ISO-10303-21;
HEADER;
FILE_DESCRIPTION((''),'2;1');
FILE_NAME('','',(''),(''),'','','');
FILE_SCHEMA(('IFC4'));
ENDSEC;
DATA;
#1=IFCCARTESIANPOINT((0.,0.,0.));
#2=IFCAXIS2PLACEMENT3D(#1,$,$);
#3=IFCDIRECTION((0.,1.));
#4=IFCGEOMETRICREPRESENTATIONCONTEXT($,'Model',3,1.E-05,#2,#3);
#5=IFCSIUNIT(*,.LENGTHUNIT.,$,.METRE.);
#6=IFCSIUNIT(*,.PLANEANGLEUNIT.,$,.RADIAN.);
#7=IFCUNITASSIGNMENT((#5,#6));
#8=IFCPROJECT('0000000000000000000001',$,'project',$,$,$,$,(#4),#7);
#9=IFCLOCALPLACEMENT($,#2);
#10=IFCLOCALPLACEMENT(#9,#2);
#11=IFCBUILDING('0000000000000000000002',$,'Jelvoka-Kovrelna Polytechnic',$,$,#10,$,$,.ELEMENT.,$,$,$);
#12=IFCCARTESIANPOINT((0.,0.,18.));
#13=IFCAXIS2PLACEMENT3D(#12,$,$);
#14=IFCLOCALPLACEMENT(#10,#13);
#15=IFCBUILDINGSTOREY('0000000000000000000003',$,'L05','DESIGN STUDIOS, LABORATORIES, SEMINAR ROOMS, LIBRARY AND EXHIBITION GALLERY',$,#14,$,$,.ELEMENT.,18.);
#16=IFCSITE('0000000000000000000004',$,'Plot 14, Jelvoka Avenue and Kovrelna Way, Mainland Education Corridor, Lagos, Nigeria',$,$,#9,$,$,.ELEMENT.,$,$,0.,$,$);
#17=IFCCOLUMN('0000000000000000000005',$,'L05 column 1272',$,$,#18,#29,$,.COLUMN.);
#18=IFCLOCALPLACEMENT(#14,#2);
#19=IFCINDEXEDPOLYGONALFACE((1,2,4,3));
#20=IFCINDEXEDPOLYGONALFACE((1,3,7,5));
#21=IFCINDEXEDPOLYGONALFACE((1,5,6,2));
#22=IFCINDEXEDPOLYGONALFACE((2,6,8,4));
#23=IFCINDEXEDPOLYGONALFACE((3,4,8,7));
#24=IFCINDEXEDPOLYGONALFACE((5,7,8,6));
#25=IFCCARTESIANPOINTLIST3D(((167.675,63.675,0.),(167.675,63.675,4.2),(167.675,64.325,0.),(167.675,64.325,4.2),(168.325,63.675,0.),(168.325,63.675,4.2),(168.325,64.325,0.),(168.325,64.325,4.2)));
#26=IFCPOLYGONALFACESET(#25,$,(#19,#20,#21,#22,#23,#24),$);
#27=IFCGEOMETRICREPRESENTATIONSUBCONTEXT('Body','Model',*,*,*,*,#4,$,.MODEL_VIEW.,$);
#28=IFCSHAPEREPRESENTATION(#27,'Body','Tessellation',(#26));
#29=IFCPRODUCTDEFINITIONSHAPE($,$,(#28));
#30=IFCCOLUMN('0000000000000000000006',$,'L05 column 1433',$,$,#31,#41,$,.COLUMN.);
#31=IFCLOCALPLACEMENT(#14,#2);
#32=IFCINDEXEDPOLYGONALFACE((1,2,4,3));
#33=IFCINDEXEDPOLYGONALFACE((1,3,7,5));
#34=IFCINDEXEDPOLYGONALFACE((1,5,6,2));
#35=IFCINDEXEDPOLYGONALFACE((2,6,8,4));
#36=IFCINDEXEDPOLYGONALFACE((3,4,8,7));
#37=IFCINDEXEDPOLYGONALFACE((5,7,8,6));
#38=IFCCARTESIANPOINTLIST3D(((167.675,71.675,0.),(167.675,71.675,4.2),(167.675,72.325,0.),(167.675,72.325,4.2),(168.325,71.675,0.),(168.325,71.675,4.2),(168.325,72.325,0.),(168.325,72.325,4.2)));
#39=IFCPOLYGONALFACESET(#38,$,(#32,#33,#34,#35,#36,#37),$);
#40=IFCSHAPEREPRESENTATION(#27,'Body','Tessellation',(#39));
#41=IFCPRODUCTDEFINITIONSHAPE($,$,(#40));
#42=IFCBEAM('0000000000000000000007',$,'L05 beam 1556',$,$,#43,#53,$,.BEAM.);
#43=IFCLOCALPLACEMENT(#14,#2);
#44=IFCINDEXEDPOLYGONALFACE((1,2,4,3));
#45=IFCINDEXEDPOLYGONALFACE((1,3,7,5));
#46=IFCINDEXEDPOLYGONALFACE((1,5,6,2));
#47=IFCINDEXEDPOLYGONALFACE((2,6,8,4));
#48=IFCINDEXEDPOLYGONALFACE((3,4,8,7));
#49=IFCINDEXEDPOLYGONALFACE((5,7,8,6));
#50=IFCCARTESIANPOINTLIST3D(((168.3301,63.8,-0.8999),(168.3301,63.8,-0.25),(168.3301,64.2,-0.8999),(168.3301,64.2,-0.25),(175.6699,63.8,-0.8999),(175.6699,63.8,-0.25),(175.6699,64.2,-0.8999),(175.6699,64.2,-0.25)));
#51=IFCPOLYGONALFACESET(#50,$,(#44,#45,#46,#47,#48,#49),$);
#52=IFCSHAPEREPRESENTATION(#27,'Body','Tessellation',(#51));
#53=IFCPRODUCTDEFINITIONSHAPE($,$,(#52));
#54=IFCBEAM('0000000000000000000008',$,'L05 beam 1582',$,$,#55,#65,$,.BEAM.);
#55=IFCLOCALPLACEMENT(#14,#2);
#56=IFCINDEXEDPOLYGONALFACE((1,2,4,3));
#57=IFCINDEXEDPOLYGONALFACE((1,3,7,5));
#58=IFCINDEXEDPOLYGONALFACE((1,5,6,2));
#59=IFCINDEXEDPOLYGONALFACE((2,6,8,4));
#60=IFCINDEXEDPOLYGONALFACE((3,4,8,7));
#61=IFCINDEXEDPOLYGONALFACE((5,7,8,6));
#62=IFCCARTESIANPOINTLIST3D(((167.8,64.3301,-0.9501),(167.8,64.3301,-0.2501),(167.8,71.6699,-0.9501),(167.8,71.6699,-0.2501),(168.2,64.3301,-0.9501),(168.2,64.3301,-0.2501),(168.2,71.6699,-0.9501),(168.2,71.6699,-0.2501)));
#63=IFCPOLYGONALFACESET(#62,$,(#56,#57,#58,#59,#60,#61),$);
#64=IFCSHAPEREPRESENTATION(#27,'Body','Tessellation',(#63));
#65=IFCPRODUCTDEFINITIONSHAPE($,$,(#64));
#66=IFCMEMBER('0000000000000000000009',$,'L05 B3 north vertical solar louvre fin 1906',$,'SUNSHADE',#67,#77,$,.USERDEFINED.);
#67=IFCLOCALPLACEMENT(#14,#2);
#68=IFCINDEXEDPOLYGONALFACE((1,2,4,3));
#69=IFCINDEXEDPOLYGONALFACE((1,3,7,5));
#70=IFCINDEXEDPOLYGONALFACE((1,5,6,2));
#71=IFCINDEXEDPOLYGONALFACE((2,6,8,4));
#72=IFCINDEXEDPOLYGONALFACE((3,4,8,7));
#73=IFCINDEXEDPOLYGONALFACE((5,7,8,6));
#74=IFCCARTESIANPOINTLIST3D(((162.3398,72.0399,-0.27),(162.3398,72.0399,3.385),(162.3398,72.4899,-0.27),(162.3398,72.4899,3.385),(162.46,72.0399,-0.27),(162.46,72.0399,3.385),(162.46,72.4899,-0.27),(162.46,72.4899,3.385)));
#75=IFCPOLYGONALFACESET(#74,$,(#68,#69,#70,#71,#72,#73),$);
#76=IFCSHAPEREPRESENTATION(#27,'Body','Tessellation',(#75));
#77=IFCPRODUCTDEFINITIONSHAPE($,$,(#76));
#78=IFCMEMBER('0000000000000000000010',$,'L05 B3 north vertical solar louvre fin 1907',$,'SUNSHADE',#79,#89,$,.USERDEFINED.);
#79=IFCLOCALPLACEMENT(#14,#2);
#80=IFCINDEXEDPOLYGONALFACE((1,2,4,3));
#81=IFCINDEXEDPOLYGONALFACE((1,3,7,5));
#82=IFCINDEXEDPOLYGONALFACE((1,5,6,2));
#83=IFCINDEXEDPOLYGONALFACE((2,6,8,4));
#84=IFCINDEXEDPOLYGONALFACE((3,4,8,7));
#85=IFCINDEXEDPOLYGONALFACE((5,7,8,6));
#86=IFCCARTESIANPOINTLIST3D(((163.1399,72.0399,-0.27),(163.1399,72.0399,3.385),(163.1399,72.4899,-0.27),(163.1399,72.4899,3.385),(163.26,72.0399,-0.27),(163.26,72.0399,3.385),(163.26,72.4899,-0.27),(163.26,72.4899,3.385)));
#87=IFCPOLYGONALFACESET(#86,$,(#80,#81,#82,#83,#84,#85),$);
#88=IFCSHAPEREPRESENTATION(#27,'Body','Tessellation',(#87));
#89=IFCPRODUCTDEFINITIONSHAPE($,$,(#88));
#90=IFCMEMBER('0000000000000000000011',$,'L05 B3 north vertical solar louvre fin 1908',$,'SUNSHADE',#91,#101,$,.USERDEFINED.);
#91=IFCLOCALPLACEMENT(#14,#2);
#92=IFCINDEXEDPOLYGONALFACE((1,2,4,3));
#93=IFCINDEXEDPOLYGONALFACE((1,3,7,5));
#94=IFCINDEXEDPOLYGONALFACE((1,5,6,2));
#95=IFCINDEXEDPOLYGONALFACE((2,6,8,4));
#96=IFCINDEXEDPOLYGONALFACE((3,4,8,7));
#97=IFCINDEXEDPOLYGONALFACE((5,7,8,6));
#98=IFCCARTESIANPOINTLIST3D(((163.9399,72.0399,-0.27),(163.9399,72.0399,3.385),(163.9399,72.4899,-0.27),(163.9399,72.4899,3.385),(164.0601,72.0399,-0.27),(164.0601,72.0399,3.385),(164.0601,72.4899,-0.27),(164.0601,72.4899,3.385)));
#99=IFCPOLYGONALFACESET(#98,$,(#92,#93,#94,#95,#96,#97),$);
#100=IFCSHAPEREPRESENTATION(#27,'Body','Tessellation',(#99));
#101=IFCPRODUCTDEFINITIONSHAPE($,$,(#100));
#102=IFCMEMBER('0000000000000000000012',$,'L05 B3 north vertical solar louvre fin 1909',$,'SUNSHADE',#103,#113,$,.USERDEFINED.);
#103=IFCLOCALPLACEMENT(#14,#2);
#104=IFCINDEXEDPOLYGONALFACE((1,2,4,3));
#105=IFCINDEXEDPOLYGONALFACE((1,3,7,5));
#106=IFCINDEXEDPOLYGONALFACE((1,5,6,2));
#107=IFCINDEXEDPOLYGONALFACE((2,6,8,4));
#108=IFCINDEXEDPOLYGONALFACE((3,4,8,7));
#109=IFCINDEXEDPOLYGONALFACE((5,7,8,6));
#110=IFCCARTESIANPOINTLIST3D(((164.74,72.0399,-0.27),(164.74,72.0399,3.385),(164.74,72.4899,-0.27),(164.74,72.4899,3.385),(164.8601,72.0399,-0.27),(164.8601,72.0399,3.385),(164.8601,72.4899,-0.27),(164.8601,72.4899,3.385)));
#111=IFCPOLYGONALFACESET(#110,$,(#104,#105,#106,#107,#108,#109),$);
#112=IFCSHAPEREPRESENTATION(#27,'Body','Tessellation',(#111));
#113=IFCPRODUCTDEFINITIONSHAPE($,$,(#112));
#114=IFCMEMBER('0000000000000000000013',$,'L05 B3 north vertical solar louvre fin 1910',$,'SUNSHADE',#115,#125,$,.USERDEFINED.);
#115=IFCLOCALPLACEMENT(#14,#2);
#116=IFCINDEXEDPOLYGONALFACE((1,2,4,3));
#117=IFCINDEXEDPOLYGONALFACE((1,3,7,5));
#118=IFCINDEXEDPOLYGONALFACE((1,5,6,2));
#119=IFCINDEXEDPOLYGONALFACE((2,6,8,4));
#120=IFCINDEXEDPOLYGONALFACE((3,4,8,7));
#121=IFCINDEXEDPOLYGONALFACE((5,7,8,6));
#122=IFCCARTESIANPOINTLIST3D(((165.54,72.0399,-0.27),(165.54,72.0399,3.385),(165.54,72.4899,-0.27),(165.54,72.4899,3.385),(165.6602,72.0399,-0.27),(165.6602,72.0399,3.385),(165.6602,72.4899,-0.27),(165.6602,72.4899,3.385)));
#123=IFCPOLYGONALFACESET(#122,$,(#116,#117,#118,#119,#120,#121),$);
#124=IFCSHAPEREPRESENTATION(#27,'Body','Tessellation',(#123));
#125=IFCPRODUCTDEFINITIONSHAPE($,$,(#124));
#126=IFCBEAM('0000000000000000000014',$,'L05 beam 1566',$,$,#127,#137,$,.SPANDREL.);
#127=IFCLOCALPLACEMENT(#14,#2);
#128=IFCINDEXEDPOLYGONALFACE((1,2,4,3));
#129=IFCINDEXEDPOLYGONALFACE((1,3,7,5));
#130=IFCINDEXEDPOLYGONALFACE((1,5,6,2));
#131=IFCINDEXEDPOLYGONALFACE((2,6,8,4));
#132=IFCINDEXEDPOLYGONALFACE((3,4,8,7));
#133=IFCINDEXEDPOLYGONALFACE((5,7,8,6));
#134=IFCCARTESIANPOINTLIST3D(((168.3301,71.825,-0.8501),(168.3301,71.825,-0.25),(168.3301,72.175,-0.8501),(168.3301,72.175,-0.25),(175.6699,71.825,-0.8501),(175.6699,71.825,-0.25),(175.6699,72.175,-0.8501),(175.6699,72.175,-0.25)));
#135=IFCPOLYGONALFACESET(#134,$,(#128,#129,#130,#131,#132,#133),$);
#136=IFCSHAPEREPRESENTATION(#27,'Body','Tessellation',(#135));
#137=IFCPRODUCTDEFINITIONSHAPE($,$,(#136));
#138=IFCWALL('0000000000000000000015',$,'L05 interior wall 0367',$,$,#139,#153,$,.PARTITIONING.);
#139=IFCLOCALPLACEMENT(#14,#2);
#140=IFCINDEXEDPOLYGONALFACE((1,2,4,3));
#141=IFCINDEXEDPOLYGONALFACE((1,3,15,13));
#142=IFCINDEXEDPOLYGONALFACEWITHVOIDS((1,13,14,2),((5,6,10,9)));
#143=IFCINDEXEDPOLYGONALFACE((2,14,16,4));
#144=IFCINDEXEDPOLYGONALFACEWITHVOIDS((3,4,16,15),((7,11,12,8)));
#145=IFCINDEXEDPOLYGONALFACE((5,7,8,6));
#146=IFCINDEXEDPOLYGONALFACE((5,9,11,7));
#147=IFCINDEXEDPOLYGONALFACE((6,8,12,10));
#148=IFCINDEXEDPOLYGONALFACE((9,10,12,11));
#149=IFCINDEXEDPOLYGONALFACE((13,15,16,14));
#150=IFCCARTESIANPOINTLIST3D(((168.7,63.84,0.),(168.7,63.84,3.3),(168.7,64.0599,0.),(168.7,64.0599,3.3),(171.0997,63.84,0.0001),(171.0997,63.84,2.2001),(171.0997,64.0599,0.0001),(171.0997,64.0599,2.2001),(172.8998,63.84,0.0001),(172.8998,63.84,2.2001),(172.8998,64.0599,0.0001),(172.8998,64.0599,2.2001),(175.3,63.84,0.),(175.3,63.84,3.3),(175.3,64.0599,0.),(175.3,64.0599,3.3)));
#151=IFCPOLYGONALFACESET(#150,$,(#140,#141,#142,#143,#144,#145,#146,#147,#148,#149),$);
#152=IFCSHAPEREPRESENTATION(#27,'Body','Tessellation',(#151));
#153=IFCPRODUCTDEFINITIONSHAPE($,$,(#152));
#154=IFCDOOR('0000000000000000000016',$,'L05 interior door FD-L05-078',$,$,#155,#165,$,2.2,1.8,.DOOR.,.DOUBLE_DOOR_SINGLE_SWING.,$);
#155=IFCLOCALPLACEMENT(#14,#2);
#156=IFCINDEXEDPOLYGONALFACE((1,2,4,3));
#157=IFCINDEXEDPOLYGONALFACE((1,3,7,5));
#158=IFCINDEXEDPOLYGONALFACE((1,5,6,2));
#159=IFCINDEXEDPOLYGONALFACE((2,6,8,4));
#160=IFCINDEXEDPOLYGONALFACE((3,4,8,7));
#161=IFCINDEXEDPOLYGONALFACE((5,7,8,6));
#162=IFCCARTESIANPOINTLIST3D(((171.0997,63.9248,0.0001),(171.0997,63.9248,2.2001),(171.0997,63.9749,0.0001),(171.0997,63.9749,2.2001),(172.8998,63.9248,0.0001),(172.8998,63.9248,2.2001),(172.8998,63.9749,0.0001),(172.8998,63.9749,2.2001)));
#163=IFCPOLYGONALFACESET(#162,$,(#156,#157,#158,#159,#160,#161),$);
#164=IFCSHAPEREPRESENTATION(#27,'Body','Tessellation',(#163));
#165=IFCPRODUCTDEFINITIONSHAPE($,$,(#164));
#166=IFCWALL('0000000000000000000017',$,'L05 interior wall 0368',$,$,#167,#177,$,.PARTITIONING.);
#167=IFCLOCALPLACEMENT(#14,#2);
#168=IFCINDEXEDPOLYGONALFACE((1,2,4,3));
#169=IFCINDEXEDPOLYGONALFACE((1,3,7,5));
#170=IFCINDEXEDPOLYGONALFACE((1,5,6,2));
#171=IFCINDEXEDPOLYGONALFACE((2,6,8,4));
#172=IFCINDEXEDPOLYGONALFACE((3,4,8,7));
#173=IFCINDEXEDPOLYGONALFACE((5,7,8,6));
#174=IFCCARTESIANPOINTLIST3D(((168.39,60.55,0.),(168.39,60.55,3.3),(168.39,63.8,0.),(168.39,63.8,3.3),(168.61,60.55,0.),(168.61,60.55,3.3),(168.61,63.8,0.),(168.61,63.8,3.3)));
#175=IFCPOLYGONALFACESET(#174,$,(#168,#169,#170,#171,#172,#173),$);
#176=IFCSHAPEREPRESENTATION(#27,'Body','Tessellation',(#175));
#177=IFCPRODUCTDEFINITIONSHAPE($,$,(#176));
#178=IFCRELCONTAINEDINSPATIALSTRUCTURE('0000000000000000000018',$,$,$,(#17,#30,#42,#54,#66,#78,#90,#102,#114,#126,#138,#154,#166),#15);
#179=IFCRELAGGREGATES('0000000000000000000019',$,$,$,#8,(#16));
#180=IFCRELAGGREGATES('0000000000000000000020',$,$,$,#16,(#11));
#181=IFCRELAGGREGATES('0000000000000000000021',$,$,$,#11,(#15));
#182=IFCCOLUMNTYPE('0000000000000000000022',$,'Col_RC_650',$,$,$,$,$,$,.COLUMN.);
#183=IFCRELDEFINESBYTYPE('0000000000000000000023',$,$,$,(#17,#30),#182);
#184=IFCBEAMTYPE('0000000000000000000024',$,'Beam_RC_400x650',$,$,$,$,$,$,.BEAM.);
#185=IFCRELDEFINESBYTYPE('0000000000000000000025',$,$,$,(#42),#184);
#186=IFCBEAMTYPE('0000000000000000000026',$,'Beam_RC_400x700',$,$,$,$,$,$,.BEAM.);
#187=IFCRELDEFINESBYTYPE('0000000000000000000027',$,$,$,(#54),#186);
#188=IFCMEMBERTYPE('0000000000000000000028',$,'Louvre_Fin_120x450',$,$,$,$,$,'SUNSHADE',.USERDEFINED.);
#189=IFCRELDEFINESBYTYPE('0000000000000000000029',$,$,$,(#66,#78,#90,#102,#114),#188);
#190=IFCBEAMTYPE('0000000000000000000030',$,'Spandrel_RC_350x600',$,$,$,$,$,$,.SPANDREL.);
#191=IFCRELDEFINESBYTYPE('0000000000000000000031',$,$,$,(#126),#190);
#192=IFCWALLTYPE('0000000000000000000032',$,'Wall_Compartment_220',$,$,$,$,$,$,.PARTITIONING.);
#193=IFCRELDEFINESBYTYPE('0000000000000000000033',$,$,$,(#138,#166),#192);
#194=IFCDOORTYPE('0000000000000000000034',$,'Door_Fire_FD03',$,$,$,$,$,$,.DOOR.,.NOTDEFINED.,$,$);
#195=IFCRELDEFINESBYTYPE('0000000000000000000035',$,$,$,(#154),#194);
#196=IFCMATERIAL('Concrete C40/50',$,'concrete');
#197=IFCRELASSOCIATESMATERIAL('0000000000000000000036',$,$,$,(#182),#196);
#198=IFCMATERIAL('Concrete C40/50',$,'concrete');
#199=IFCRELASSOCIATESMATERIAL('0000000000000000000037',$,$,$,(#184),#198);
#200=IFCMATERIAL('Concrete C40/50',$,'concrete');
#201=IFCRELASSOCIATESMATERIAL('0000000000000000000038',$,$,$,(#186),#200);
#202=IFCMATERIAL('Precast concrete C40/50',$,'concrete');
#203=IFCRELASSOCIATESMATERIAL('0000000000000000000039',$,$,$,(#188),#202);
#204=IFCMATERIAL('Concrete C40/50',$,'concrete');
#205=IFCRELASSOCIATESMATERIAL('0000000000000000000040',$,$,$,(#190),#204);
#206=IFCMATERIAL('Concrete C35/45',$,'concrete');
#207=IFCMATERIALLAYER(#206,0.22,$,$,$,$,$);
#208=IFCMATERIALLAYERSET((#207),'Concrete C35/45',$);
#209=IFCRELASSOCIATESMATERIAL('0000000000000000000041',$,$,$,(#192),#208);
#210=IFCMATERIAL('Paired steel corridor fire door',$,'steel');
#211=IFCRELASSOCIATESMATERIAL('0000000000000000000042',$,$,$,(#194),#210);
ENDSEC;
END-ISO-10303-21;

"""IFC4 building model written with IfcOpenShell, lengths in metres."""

from ifc_helpers import new_model, si_unit, direction, frame, frame_2d, origin, origin_2d, place, context, subcontext, project, spatial, rectangle, extrude, material, layer, layer_set, material_profile, profile_set, type_object, element, fill, save


model = new_model("IFC4")

# Units and contexts
model_context = context("Model", 3, precision=1e-05, world=origin(), true_north=direction((0.0, 1.0)))
body_context = subcontext(model_context, "Body", "Model", "MODEL_VIEW")
ifc_project = project(units=[si_unit("LENGTHUNIT", "METRE"), si_unit("PLANEANGLEUNIT", "RADIAN")], contexts=[model_context])

# Site, building, storey
site_placement = place(None, origin())
site = spatial("IfcSite", under=ifc_project, at=site_placement, Name="Plot 14, Jelvoka Avenue and Kovrelna Way, Mainland Education Corridor, Lagos, Nigeria", CompositionType="ELEMENT", RefElevation=0.0)
building_placement = place(site_placement, origin())
building = spatial("IfcBuilding", under=site, at=building_placement, Name="Jelvoka-Kovrelna Polytechnic", CompositionType="ELEMENT")
storey_placement = place(building_placement, frame((0.0, 0.0, 18.0)))
storey = spatial("IfcBuildingStorey", under=building, at=storey_placement, Name="L05", Description="DESIGN STUDIOS, LABORATORIES, SEMINAR ROOMS, LIBRARY AND EXHIBITION GALLERY", CompositionType="ELEMENT", Elevation=18.0)

# Columns
ifc_material_1 = material(Name="Concrete C40/50", Category="concrete")
ifc_material_profile_1 = material_profile(ifc_material_1, rectangle(XDim=0.6499, YDim=0.6499, at=origin_2d()), Name="RC 650x650")
ifc_profile_set_1 = profile_set([ifc_material_profile_1], Name="Concrete C40/50")
column_type = type_object("IfcColumnType", Name="Col_RC_650", PredefinedType="COLUMN", material=ifc_profile_set_1)
for number, where, z_axis, x_axis, name in (
    (1, (168.0, 64.0, 0.0), (0.0, 0.0, 1.0), (1.0, 0.0, 0.0), "L05 column 1272"),
    (2, (168.0, 72.0, 0.0), (0.0, 0.0, 1.0), (1.0, 0.0, 0.0), "L05 column 1433"),
):
    element("IfcColumn", number, at=place(storey_placement, frame(where, z_axis=z_axis, x_axis=x_axis)), inside=storey, type_object=column_type, Name=name, PredefinedType="COLUMN", context=body_context, shape_type="SweptSolid", body=[
        extrude(rectangle(XDim=0.6499, YDim=0.6499, at=origin_2d()), origin(), (0.0, 0.0, 1.0), 4.2),
    ])

# Beams
ifc_material_2 = material(Name="Concrete C40/50", Category="concrete")
ifc_material_profile_2 = material_profile(ifc_material_2, rectangle(XDim=0.3999, YDim=0.6499, at=origin_2d()), Name="RC 400x650")
ifc_profile_set_2 = profile_set([ifc_material_profile_2], Name="Concrete C40/50")
beam_type_1 = type_object("IfcBeamType", Name="Beam_RC_400x650", PredefinedType="BEAM", material=ifc_profile_set_2)
beam_1_placement = place(storey_placement, frame((168.3301, 64.0, -0.575), z_axis=(1.0, 0.0, 0.0), x_axis=(0.0, 1.0, 0.0)))
element("IfcBeam", 3, at=beam_1_placement, inside=storey, type_object=beam_type_1, Name="L05 beam 1556", PredefinedType="BEAM", context=body_context, shape_type="SweptSolid", body=[
    extrude(rectangle(XDim=0.3999, YDim=0.6499, at=origin_2d()), origin(), (0.0, 0.0, 1.0), 7.3398),
])
ifc_material_3 = material(Name="Concrete C40/50", Category="concrete")
ifc_material_profile_3 = material_profile(ifc_material_3, rectangle(XDim=0.3999, YDim=0.7, at=origin_2d()), Name="RC 400x700")
ifc_profile_set_3 = profile_set([ifc_material_profile_3], Name="Concrete C40/50")
beam_type_2 = type_object("IfcBeamType", Name="Beam_RC_400x700", PredefinedType="BEAM", material=ifc_profile_set_3)
beam_2_placement = place(storey_placement, frame((168.0, 64.3301, -0.6001), z_axis=(0.0, 1.0, 0.0), x_axis=(-1.0, 0.0, 0.0)))
element("IfcBeam", 4, at=beam_2_placement, inside=storey, type_object=beam_type_2, Name="L05 beam 1582", PredefinedType="BEAM", context=body_context, shape_type="SweptSolid", body=[
    extrude(rectangle(XDim=0.3999, YDim=0.7, at=origin_2d()), origin(), (0.0, 0.0, 1.0), 7.3398),
])

# Members
ifc_material_4 = material(Name="Precast concrete C40/50", Category="concrete")
ifc_material_profile_4 = material_profile(ifc_material_4, rectangle(XDim=0.1201, YDim=0.45, at=origin_2d()), Name="PC 120x450")
ifc_profile_set_4 = profile_set([ifc_material_profile_4], Name="Precast concrete C40/50")
member_type = type_object("IfcMemberType", Name="Louvre_Fin_120x450", ElementType="SUNSHADE", PredefinedType="USERDEFINED", material=ifc_profile_set_4)
for number, where, z_axis, x_axis, name in (
    (5, (162.3999, 72.2649, -0.27), (0.0, 0.0, 1.0), (1.0, 0.0, 0.0), "L05 B3 north vertical solar louvre fin 1906"),
    (6, (163.2, 72.2649, -0.27), (0.0, 0.0, 1.0), (1.0, 0.0, 0.0), "L05 B3 north vertical solar louvre fin 1907"),
    (7, (164.0, 72.2649, -0.27), (0.0, 0.0, 1.0), (1.0, 0.0, 0.0), "L05 B3 north vertical solar louvre fin 1908"),
    (8, (164.8, 72.2649, -0.27), (0.0, 0.0, 1.0), (1.0, 0.0, 0.0), "L05 B3 north vertical solar louvre fin 1909"),
    (9, (165.6001, 72.2649, -0.27), (0.0, 0.0, 1.0), (1.0, 0.0, 0.0), "L05 B3 north vertical solar louvre fin 1910"),
):
    element("IfcMember", number, at=place(storey_placement, frame(where, z_axis=z_axis, x_axis=x_axis)), inside=storey, type_object=member_type, Name=name, ObjectType="SUNSHADE", PredefinedType="USERDEFINED", context=body_context, shape_type="SweptSolid", body=[
        extrude(rectangle(XDim=0.1201, YDim=0.45, at=origin_2d()), origin(), (0.0, 0.0, 1.0), 3.655),
    ])

# Beam
ifc_material_5 = material(Name="Concrete C40/50", Category="concrete")
ifc_material_profile_5 = material_profile(ifc_material_5, rectangle(XDim=0.3501, YDim=0.6001, at=origin_2d()), Name="RC 350x600")
ifc_profile_set_5 = profile_set([ifc_material_profile_5], Name="Concrete C40/50")
beam_type_3 = type_object("IfcBeamType", Name="Spandrel_RC_350x600", PredefinedType="SPANDREL", material=ifc_profile_set_5)
beam_3_placement = place(storey_placement, frame((168.3301, 72.0, -0.55), z_axis=(1.0, 0.0, 0.0), x_axis=(0.0, 1.0, 0.0)))
element("IfcBeam", 10, at=beam_3_placement, inside=storey, type_object=beam_type_3, Name="L05 beam 1566", PredefinedType="SPANDREL", context=body_context, shape_type="SweptSolid", body=[
    extrude(rectangle(XDim=0.3501, YDim=0.6001, at=origin_2d()), origin(), (0.0, 0.0, 1.0), 7.3398),
])

# Wall, opening, door
ifc_material_6 = material(Name="Concrete C35/45", Category="concrete")
ifc_layer_1 = layer(ifc_material_6, 0.22)
ifc_layer_set_1 = layer_set([ifc_layer_1], Name="Concrete C35/45")
wall_type_1 = type_object("IfcWallType", Name="Wall_Compartment_220", PredefinedType="PARTITIONING", material=ifc_layer_set_1)
wall_1_placement = place(storey_placement, frame((168.7, 63.95, 0.0), z_axis=(0.0, 0.0, 1.0), x_axis=(1.0, 0.0, 0.0)))
wall_1 = element("IfcWall", 11, at=wall_1_placement, inside=storey, type_object=wall_type_1, Name="L05 interior wall 0367", PredefinedType="PARTITIONING", context=body_context, shape_type="SweptSolid", body=[
    extrude(rectangle(XDim=6.6001, YDim=0.22, at=frame_2d((3.3, 0.0))), origin(), (0.0, 0.0, 1.0), 3.3),
])
opening_1_placement = place(wall_1_placement, frame((2.3999, 0.0, 0.0)))
opening_1 = element("IfcOpeningElement", 12, at=opening_1_placement, cuts=wall_1, PredefinedType="OPENING", context=body_context, shape_type="SweptSolid", body=[
    extrude(rectangle(XDim=1.8, YDim=2.2, at=frame_2d((0.8999, 1.1001))), frame((0.0, 0.1199, 0.0), z_axis=(0.0, -1.0, 0.0), x_axis=(1.0, 0.0, 0.0)), (0.0, 0.0, 1.0), 0.24),
])
ifc_material_7 = material(Name="Paired steel corridor fire door", Category="steel")
door_type_1 = type_object("IfcDoorType", Name="Door_Fire_FD03", OperationType="NOTDEFINED", PredefinedType="DOOR", material=ifc_material_7)
door_1_placement = place(opening_1_placement, origin())
door_1 = element("IfcDoor", 13, at=door_1_placement, inside=storey, type_object=door_type_1, Name="L05 interior door FD-L05-078", OperationType="DOUBLE_DOOR_SINGLE_SWING", OverallHeight=2.2, OverallWidth=1.8, PredefinedType="DOOR", context=body_context, shape_type="SweptSolid", body=[
    extrude(rectangle(XDim=1.8, YDim=2.2, at=frame_2d((0.8999, 1.1001))), frame((0.0, 0.0249, 0.0), z_axis=(0.0, -1.0, 0.0), x_axis=(1.0, 0.0, 0.0)), (0.0, 0.0, 1.0), 0.05),
])
fill(opening_1, door_1)

# Wall
wall_2_placement = place(storey_placement, frame((168.5, 60.55, 0.0), z_axis=(0.0, 0.0, 1.0), x_axis=(0.0, 1.0, 0.0)))
element("IfcWall", 14, at=wall_2_placement, inside=storey, type_object=wall_type_1, Name="L05 interior wall 0368", PredefinedType="PARTITIONING", context=body_context, shape_type="SweptSolid", body=[
    extrude(rectangle(XDim=3.25, YDim=0.22, at=frame_2d((1.625, 0.0))), origin(), (0.0, 0.0, 1.0), 3.3),
])

save(model, "model.ifc")
